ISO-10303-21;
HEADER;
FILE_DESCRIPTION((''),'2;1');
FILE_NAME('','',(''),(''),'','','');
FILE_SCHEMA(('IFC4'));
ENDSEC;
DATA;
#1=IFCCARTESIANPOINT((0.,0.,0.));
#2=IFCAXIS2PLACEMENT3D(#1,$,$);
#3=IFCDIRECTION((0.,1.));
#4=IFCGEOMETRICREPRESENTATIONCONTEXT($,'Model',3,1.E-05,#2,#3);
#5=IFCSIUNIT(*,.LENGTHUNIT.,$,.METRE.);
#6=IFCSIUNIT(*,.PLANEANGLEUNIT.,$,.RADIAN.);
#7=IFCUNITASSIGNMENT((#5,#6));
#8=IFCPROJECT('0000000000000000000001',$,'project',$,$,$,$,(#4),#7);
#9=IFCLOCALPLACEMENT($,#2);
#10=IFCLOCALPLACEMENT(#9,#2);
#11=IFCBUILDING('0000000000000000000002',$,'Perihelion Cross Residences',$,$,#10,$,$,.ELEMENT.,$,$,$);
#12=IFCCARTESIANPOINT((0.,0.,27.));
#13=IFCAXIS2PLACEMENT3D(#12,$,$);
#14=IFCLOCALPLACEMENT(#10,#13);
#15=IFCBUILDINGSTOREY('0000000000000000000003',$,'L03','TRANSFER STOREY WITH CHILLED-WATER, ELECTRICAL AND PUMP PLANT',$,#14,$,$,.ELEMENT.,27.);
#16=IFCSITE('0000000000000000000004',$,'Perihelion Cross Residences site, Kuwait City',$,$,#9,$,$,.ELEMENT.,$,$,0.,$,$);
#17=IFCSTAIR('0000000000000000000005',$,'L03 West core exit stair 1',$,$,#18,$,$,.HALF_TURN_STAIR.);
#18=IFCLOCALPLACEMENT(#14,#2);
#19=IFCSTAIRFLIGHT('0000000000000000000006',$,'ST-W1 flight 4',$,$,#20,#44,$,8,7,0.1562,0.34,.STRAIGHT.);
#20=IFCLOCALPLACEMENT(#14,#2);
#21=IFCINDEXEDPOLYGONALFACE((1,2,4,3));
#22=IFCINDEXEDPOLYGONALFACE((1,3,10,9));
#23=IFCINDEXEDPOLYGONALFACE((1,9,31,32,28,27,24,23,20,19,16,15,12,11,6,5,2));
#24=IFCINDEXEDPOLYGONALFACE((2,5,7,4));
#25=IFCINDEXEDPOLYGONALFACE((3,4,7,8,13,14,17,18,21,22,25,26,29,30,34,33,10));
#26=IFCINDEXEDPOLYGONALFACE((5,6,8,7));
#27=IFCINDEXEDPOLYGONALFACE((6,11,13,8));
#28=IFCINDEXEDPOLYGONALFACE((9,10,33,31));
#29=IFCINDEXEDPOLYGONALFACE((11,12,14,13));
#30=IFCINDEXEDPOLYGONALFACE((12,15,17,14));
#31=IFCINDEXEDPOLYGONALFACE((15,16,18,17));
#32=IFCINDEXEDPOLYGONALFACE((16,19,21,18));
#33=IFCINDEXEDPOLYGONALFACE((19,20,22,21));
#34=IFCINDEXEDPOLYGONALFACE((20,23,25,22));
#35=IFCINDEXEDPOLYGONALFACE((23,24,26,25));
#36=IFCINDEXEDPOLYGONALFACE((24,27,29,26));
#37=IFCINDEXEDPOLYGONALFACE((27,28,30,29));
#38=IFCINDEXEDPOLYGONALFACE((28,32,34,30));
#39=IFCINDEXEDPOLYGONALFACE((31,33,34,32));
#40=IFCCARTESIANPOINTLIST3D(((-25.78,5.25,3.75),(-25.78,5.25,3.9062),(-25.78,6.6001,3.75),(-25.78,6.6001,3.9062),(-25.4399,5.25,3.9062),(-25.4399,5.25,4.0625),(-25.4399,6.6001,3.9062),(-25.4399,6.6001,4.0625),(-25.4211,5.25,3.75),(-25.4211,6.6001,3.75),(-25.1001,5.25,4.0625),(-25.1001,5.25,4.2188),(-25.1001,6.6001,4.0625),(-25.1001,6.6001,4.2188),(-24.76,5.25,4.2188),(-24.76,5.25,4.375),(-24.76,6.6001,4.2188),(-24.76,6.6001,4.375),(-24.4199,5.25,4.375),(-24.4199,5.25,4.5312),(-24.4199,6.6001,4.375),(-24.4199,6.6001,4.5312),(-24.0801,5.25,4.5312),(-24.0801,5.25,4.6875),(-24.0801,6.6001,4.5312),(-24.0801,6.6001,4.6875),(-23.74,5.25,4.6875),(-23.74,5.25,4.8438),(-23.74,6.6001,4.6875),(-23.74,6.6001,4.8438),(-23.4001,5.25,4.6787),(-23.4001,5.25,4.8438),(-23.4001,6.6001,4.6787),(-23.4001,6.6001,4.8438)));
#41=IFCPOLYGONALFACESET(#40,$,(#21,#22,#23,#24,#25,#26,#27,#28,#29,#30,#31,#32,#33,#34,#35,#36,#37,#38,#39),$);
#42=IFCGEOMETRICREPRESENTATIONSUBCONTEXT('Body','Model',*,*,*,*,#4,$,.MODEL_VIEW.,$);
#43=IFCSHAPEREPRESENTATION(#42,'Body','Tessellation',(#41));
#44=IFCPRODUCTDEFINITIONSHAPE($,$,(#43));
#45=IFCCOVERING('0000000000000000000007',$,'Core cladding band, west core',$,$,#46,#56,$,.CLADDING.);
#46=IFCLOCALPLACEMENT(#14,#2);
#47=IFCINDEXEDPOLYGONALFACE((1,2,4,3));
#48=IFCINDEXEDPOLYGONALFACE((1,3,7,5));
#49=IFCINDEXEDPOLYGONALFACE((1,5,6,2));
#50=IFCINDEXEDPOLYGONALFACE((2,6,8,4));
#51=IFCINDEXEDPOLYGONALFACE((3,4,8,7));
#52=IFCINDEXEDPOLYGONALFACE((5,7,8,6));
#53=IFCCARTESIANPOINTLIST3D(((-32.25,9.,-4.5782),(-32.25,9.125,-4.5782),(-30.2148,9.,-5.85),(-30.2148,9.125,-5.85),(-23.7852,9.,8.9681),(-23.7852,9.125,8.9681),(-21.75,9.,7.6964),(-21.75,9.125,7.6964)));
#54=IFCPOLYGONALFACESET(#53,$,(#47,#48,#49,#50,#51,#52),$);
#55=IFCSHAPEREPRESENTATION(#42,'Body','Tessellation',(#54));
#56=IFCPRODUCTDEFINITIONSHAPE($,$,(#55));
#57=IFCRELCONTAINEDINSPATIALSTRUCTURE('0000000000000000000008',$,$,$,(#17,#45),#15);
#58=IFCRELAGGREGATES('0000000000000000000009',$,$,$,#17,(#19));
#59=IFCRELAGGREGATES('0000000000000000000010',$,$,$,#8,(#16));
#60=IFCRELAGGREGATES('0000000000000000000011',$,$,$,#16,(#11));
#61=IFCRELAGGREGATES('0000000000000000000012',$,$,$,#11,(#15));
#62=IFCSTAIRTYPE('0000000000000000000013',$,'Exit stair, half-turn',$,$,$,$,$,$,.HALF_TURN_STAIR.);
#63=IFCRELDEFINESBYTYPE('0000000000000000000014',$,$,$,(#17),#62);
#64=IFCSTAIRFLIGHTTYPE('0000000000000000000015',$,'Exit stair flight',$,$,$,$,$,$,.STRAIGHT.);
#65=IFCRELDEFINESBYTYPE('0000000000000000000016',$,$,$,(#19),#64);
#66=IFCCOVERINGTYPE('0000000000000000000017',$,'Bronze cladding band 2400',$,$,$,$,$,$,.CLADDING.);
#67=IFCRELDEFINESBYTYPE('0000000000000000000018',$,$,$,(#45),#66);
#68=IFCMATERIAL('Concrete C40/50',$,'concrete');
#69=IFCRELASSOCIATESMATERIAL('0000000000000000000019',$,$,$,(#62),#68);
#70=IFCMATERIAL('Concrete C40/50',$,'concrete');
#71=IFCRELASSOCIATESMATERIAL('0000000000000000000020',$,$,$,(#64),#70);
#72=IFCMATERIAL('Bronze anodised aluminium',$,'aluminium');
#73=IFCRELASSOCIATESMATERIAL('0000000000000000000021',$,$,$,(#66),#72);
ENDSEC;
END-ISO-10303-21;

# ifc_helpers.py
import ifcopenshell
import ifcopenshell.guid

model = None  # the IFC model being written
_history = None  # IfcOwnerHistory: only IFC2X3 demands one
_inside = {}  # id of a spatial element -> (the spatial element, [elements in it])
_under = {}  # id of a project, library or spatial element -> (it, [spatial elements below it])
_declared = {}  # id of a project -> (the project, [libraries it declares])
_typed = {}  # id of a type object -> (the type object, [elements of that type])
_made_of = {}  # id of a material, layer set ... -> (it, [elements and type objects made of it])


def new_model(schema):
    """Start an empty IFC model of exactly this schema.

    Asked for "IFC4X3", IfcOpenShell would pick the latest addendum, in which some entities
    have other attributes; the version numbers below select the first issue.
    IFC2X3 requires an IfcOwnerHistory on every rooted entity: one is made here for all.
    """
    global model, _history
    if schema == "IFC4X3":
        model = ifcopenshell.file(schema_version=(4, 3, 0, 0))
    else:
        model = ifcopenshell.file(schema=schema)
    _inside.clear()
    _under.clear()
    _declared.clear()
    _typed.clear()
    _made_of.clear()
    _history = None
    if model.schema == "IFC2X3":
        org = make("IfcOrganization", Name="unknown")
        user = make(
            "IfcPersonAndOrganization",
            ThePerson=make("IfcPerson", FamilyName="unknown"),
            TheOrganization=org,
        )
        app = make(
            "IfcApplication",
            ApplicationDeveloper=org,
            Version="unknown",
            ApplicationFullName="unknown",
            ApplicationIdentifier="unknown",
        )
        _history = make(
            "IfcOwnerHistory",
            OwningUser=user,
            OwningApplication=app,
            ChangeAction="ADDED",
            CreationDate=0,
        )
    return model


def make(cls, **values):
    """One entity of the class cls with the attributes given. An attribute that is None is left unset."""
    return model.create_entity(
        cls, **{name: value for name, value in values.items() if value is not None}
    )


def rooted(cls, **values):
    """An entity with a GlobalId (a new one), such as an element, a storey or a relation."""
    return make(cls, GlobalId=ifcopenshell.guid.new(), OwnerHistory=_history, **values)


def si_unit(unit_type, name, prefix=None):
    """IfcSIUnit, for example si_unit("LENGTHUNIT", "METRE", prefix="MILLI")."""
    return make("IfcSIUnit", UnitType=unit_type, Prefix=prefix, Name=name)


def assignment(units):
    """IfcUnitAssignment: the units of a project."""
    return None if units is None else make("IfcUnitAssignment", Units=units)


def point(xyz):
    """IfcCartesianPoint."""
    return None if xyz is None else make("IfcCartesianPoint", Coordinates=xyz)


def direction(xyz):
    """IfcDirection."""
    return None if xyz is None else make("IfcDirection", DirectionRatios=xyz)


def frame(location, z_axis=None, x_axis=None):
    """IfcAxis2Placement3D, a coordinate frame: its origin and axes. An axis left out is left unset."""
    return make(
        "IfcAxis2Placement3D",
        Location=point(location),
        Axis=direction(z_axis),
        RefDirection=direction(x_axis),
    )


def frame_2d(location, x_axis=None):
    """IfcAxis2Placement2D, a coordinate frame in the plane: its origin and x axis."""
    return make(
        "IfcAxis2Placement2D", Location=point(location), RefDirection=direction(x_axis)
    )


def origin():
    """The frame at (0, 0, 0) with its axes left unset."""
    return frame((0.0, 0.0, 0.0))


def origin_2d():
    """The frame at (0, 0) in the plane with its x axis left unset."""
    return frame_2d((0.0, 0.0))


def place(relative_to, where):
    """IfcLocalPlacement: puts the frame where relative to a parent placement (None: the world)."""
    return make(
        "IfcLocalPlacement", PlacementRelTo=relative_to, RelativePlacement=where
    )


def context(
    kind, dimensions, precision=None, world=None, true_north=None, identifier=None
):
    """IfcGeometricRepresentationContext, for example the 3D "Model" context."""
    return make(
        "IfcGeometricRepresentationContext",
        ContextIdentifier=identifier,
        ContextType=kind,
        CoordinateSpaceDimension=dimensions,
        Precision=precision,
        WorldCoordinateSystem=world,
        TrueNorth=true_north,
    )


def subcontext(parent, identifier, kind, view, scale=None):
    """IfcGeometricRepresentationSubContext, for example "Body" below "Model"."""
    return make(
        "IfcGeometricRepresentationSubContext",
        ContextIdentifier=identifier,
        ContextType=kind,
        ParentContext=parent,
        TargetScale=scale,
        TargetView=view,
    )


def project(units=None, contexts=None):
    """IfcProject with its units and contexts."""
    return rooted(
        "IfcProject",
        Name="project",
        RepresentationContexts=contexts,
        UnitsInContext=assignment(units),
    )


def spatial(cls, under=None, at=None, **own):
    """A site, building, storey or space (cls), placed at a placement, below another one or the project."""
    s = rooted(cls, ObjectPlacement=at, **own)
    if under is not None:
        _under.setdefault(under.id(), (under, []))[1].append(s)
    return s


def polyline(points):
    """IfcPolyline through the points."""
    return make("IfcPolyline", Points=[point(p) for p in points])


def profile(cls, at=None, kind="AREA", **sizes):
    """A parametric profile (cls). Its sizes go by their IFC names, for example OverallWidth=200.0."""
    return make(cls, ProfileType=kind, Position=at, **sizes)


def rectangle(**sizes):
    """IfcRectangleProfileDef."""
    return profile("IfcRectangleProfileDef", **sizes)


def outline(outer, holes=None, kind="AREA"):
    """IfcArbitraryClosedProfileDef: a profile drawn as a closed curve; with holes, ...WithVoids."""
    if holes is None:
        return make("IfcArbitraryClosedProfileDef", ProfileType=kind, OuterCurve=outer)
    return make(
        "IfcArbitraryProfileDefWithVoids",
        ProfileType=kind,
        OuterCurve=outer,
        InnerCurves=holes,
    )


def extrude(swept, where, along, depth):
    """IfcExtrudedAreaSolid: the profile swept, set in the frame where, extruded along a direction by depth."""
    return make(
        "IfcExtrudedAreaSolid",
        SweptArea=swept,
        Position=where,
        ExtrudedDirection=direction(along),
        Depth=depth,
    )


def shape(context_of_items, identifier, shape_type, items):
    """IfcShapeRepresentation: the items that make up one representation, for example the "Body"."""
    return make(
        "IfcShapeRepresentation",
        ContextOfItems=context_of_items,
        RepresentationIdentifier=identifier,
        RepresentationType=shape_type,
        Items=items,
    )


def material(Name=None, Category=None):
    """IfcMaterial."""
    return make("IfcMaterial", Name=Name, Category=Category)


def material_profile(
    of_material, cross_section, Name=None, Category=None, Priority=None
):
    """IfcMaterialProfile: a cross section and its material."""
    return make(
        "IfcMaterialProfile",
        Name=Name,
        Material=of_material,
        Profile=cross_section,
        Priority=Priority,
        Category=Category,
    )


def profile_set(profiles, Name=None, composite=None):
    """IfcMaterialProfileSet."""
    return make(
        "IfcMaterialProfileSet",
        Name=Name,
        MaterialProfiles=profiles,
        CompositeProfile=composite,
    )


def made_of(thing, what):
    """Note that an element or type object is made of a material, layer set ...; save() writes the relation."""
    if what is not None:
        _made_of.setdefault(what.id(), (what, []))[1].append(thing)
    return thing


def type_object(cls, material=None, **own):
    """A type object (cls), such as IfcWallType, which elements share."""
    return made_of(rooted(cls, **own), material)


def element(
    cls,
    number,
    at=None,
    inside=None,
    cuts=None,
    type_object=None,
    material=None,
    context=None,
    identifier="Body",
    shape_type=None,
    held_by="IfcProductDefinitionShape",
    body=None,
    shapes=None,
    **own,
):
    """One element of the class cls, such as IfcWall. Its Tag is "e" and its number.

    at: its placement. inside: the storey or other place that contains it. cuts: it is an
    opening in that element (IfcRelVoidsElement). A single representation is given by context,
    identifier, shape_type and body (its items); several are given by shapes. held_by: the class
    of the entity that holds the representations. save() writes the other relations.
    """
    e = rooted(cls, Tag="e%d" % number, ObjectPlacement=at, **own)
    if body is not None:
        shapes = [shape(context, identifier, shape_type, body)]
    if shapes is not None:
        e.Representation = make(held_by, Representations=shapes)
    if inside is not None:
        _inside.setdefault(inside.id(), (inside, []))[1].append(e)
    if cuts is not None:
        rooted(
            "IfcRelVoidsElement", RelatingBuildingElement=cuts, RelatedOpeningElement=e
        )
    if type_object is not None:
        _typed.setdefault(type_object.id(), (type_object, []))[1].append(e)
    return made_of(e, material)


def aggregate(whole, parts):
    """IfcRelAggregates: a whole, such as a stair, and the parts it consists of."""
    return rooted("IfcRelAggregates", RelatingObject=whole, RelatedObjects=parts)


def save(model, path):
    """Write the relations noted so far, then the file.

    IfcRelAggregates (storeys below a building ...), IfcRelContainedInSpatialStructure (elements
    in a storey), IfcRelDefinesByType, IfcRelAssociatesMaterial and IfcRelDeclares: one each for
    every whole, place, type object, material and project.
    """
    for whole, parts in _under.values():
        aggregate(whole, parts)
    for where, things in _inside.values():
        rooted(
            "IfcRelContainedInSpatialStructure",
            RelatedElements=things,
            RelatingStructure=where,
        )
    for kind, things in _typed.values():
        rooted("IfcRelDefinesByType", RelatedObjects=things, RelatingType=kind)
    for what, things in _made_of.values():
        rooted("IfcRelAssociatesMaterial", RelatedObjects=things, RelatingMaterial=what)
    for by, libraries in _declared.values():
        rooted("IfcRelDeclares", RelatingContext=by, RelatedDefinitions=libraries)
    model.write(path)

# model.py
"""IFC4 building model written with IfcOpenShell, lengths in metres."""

from ifc_helpers import new_model, si_unit, direction, frame, origin, origin_2d, place, context, subcontext, project, spatial, polyline, rectangle, outline, extrude, material, material_profile, profile_set, type_object, element, aggregate, save


model = new_model("IFC4")

# Units and contexts
model_context = context("Model", 3, precision=1e-05, world=origin(), true_north=direction((0.0, 1.0)))
body_context = subcontext(model_context, "Body", "Model", "MODEL_VIEW")
ifc_project = project(units=[si_unit("LENGTHUNIT", "METRE"), si_unit("PLANEANGLEUNIT", "RADIAN")], contexts=[model_context])

# Site, building, storey
site_placement = place(None, origin())
site = spatial("IfcSite", under=ifc_project, at=site_placement, Name="Perihelion Cross Residences site, Kuwait City", CompositionType="ELEMENT", RefElevation=0.0)
building_placement = place(site_placement, origin())
building = spatial("IfcBuilding", under=site, at=building_placement, Name="Perihelion Cross Residences", CompositionType="ELEMENT")
storey_placement = place(building_placement, frame((0.0, 0.0, 27.0)))
storey = spatial("IfcBuildingStorey", under=building, at=storey_placement, Name="L03", Description="TRANSFER STOREY WITH CHILLED-WATER, ELECTRICAL AND PUMP PLANT", CompositionType="ELEMENT", Elevation=27.0)

# Stair, stair flight
ifc_material_1 = material(Name="Concrete C40/50", Category="concrete")
stair_type = type_object("IfcStairType", Name="Exit stair, half-turn", PredefinedType="HALF_TURN_STAIR", material=ifc_material_1)
stair_placement = place(storey_placement, origin())
stair = element("IfcStair", 1, at=stair_placement, inside=storey, type_object=stair_type, Name="L03 West core exit stair 1", PredefinedType="HALF_TURN_STAIR")
ifc_material_2 = material(Name="Concrete C40/50", Category="concrete")
stair_flight_type = type_object("IfcStairFlightType", Name="Exit stair flight", PredefinedType="STRAIGHT", material=ifc_material_2)
stair_flight_1_placement = place(storey_placement, frame((-25.78, 5.925, 3.75), z_axis=(0.0, 0.0, 1.0), x_axis=(1.0, 0.0, 0.0)))
stair_flight_1 = element("IfcStairFlight", 2, at=stair_flight_1_placement, type_object=stair_flight_type, Name="ST-W1 flight 4", NumberOfRisers=8, NumberOfTreads=7, PredefinedType="STRAIGHT", RiserHeight=0.1562, TreadLength=0.34, context=body_context, shape_type="SweptSolid", body=[
    extrude(outline(polyline([(0.0, 0.0), (0.0, 0.1562), (0.3401, 0.1562), (0.3401, 0.3125), (0.6799, 0.3125), (0.6799, 0.4688), (1.02, 0.4688), (1.02, 0.625), (1.3601, 0.625), (1.3601, 0.7812), (1.7, 0.7812), (1.7, 0.9375), (2.04, 0.9375), (2.04, 1.0938), (2.3799, 1.0938), (2.3799, 1.25), (2.3799, 0.9287), (0.3589, 0.0), (0.0, 0.0)])), frame((0.0, 0.675, 0.0), z_axis=(0.0, -1.0, 0.0), x_axis=(1.0, 0.0, 0.0)), (0.0, 0.0, 1.0), 1.3501),
])
aggregate(stair, [stair_flight_1])

# Covering
ifc_material_3 = material(Name="Bronze anodised aluminium", Category="aluminium")
ifc_material_profile = material_profile(ifc_material_3, rectangle(XDim=0.125, YDim=2.3999, at=origin_2d()), Name="Bronze cladding band 2400")
ifc_profile_set = profile_set([ifc_material_profile], Name="Bronze anodised aluminium")
covering_type = type_object("IfcCoveringType", Name="Bronze cladding band 2400", PredefinedType="CLADDING", material=ifc_profile_set)
covering_placement = place(storey_placement, frame((-31.2324, 9.0625, -5.2141), z_axis=(0.529925, 0.0, 0.848045), x_axis=(0.0, 1.0, 0.0)))
element("IfcCovering", 3, at=covering_placement, inside=storey, type_object=covering_type, Name="Core cladding band, west core", PredefinedType="CLADDING", context=body_context, shape_type="SweptSolid", body=[
    extrude(rectangle(XDim=0.125, YDim=2.3999, at=origin_2d()), origin(), (0.0, 0.0, 1.0), 15.9736),
])

save(model, "model.ifc")
